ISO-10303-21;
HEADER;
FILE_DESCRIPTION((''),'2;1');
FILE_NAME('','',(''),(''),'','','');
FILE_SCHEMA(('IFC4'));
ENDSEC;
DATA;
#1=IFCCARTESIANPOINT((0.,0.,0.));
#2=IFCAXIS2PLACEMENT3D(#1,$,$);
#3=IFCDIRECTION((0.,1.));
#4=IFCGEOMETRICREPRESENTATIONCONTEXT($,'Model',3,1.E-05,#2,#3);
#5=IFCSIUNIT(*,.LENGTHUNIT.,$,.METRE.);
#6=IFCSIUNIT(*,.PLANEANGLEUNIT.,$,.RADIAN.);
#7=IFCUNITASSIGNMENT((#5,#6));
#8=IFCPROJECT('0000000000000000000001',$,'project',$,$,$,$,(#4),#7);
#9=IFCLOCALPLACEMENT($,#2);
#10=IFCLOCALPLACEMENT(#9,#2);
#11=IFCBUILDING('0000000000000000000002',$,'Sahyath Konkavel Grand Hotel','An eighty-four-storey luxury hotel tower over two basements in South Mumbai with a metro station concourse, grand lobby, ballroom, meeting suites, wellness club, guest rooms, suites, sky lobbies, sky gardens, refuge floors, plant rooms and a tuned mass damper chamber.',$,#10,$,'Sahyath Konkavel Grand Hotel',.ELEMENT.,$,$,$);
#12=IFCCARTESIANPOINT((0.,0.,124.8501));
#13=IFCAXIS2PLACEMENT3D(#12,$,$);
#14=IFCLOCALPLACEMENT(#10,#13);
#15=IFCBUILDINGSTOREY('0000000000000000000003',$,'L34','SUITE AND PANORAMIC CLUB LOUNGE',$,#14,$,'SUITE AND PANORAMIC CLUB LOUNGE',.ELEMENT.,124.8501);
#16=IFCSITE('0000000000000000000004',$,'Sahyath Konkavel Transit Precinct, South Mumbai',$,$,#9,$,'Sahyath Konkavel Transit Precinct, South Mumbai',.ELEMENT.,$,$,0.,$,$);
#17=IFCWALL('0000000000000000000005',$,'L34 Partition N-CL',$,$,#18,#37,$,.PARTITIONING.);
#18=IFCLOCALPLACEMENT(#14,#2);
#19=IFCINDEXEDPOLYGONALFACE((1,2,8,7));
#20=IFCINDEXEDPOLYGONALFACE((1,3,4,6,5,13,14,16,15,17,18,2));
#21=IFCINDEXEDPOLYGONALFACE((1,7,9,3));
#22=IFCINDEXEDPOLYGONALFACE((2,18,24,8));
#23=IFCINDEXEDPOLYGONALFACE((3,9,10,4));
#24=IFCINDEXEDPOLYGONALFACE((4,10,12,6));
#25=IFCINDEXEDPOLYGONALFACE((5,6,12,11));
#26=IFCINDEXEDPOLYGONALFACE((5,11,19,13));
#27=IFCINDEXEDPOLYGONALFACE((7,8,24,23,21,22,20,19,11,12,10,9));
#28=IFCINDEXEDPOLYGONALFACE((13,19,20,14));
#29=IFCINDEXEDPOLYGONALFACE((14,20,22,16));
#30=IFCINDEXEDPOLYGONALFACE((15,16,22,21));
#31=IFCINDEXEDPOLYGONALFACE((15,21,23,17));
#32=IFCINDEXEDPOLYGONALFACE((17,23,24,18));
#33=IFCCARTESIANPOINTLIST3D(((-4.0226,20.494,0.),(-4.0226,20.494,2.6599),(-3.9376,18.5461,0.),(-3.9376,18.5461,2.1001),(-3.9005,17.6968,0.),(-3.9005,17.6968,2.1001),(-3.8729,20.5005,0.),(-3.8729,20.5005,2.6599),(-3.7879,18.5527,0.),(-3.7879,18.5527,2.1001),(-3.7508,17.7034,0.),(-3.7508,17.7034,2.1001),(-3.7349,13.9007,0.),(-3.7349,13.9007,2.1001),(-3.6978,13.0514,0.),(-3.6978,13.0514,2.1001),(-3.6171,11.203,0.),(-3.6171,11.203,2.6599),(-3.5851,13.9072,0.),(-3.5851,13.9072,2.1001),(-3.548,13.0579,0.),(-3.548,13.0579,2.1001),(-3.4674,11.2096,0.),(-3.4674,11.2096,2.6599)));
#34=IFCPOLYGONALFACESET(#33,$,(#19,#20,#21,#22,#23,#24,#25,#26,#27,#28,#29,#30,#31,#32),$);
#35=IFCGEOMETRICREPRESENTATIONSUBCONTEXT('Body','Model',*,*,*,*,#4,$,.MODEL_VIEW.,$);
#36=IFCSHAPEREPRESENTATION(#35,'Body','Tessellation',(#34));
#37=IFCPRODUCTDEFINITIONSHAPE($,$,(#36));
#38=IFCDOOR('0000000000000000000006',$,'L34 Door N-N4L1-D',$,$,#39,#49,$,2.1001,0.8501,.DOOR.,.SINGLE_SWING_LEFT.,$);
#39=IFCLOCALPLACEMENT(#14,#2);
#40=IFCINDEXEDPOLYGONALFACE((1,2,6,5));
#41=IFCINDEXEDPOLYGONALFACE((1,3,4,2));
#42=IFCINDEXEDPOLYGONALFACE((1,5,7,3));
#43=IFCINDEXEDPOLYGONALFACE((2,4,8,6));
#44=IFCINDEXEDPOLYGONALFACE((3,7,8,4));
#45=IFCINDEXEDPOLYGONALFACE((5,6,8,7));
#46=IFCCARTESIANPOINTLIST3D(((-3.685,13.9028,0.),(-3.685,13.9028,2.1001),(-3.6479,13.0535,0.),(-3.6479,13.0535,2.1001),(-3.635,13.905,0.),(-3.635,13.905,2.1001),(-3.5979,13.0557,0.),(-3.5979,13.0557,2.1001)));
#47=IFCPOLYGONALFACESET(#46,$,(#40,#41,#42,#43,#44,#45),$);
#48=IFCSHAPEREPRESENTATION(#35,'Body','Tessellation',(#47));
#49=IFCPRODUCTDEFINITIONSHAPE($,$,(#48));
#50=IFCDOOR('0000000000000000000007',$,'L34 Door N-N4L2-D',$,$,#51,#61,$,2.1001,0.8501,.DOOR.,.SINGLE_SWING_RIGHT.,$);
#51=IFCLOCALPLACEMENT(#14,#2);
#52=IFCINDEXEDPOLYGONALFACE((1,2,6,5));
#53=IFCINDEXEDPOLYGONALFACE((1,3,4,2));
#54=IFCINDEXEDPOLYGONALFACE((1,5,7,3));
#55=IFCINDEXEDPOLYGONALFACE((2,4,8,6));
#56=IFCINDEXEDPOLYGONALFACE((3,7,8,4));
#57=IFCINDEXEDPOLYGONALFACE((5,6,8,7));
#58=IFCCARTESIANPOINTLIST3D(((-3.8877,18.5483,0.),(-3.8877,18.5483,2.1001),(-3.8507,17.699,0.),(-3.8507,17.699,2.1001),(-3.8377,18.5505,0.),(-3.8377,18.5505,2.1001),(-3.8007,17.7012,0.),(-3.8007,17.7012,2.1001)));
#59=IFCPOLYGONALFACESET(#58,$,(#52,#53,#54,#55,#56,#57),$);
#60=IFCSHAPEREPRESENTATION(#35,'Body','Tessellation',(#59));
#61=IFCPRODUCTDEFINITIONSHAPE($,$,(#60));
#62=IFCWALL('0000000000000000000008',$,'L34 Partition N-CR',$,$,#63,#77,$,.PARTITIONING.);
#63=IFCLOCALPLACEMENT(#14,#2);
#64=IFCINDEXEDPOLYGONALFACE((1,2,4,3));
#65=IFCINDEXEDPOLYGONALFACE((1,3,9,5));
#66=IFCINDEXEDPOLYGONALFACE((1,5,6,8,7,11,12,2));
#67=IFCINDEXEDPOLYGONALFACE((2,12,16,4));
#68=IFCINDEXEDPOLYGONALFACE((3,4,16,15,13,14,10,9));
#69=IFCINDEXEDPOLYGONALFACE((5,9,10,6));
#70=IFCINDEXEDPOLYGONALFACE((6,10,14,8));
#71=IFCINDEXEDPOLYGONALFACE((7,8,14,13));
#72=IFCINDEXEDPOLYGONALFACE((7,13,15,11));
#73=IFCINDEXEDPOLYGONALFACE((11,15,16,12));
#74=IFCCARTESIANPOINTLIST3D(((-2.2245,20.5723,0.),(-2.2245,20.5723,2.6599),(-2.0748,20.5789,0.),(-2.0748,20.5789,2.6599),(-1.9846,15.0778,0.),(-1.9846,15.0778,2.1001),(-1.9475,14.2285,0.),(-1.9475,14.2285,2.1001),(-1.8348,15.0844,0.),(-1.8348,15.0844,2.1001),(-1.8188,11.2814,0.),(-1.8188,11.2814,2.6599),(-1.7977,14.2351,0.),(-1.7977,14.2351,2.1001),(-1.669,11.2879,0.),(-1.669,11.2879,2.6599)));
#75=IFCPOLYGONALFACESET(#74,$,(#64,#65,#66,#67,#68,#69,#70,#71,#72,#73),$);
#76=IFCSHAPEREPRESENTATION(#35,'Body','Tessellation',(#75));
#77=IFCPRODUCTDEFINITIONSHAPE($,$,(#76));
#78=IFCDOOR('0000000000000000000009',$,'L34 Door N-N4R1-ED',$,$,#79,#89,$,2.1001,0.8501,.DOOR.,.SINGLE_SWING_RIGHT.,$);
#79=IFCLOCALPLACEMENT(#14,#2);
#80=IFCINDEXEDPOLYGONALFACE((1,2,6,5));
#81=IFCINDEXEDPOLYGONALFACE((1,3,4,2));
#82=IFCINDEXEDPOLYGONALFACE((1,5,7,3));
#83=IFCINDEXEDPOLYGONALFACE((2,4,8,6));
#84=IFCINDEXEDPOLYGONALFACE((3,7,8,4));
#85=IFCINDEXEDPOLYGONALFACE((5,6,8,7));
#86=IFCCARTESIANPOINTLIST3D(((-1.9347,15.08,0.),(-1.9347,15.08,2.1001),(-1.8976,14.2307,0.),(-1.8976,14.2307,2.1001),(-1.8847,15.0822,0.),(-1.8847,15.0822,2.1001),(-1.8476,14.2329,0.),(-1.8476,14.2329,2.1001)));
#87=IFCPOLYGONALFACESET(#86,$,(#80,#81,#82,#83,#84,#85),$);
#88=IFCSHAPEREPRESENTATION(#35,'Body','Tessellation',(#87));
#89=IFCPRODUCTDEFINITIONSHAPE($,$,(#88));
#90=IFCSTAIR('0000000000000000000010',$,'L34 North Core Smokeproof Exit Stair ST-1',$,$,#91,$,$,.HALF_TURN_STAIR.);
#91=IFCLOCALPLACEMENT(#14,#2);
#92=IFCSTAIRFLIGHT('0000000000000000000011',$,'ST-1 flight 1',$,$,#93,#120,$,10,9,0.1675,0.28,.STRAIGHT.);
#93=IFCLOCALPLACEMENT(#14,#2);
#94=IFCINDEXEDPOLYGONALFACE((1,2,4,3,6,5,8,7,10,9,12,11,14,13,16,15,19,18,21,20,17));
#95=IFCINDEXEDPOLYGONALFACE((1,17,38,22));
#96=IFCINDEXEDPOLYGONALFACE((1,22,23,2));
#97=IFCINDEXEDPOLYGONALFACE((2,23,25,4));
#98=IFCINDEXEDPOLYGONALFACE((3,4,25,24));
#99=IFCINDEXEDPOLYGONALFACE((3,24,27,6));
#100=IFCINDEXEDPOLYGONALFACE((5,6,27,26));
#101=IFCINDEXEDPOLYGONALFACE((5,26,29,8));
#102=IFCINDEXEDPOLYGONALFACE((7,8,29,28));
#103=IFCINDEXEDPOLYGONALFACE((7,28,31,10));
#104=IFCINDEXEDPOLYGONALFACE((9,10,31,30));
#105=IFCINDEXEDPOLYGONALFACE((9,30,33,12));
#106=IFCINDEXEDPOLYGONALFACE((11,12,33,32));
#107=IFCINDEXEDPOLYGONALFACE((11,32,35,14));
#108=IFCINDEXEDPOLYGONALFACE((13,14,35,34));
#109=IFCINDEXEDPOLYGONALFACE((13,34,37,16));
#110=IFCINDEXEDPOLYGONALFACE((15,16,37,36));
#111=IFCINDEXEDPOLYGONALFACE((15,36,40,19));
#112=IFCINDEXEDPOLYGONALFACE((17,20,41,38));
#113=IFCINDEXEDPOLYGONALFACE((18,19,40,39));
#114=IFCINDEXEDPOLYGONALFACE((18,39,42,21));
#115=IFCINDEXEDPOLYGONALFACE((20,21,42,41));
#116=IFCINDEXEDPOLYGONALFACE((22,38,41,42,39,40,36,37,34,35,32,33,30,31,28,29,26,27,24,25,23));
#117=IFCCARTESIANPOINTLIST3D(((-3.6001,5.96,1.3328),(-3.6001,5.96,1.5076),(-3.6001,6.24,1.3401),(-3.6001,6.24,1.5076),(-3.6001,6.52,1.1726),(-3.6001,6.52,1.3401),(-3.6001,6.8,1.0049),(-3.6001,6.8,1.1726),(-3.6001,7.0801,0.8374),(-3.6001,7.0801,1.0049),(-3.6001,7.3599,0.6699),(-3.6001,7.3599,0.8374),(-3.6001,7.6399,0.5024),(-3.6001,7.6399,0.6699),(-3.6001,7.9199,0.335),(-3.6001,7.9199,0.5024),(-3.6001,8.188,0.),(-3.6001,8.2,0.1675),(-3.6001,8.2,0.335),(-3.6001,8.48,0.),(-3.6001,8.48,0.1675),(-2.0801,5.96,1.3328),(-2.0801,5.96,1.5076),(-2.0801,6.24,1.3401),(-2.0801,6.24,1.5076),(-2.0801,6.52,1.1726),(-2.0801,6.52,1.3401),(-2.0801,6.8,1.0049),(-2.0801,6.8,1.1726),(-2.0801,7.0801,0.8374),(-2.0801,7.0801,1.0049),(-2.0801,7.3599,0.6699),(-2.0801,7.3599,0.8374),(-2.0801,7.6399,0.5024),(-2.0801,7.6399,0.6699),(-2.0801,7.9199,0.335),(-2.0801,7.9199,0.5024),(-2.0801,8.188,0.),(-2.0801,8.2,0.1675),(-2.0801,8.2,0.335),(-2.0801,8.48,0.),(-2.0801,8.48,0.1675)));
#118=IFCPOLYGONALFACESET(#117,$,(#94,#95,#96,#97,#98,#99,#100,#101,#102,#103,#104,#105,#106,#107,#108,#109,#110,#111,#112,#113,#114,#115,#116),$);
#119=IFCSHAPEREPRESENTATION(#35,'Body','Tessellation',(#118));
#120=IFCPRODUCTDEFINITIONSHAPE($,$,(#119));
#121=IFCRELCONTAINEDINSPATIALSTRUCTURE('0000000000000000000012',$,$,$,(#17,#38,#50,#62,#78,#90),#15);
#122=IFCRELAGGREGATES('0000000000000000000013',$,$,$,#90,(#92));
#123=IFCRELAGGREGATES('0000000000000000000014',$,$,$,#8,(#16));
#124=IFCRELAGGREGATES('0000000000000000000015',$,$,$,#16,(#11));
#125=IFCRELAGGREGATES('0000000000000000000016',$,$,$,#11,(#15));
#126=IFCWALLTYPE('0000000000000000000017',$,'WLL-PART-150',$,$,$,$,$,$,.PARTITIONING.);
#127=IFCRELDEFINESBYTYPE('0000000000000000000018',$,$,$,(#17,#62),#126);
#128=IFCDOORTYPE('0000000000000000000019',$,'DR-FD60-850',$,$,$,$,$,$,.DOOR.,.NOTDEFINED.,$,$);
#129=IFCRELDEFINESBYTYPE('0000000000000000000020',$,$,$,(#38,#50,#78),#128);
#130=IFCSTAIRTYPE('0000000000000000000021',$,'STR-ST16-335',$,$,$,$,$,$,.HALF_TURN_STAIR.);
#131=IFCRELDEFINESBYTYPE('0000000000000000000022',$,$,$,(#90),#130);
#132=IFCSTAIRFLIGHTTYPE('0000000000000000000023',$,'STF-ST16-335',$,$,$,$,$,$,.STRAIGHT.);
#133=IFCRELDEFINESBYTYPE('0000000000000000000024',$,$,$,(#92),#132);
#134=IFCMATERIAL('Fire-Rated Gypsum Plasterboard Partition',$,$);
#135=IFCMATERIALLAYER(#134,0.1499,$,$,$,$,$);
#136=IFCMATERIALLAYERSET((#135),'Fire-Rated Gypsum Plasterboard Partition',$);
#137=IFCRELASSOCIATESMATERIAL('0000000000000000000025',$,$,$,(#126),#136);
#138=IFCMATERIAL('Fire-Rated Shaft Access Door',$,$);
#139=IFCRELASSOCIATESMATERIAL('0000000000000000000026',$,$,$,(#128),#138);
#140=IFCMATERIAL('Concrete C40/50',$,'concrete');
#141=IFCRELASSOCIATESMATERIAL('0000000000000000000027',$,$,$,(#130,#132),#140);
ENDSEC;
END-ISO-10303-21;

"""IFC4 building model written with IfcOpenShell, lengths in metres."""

from ifc_helpers import new_model, si_unit, direction, frame, frame_2d, origin, origin_2d, place, context, subcontext, project, spatial, polyline, rectangle, outline, extrude, source, transform, mapped, material, layer, layer_set, type_object, element, fill, aggregate, save


model = new_model("IFC4")

# Units and contexts
model_context = context("Model", 3, precision=1e-05, world=origin(), true_north=direction((0.0, 1.0)))
body_context = subcontext(model_context, "Body", "Model", "MODEL_VIEW")
ifc_project = project(units=[si_unit("LENGTHUNIT", "METRE"), si_unit("PLANEANGLEUNIT", "RADIAN")], contexts=[model_context])

# Site, building, storey
site_placement = place(None, origin())
site = spatial("IfcSite", under=ifc_project, at=site_placement, Name="Sahyath Konkavel Transit Precinct, South Mumbai", LongName="Sahyath Konkavel Transit Precinct, South Mumbai", CompositionType="ELEMENT", RefElevation=0.0)
building_placement = place(site_placement, origin())
building = spatial("IfcBuilding", under=site, at=building_placement, Name="Sahyath Konkavel Grand Hotel", Description="An eighty-four-storey luxury hotel tower over two basements in South Mumbai with a metro station concourse, grand lobby, ballroom, meeting suites, wellness club, guest rooms, suites, sky lobbies, sky gardens, refuge floors, plant rooms and a tuned mass damper chamber.", LongName="Sahyath Konkavel Grand Hotel", CompositionType="ELEMENT")
storey_placement = place(building_placement, frame((0.0, 0.0, 124.8501)))
storey = spatial("IfcBuildingStorey", under=building, at=storey_placement, Name="L34", Description="SUITE AND PANORAMIC CLUB LOUNGE", LongName="SUITE AND PANORAMIC CLUB LOUNGE", CompositionType="ELEMENT", Elevation=124.8501)

# Wall, openings, doors
ifc_material_1 = material(Name="Fire-Rated Gypsum Plasterboard Partition")
ifc_layer_1 = layer(ifc_material_1, 0.1499)
ifc_layer_set_1 = layer_set([ifc_layer_1], Name="Fire-Rated Gypsum Plasterboard Partition")
wall_type_1 = type_object("IfcWallType", Name="WLL-PART-150", PredefinedType="PARTITIONING", material=ifc_layer_set_1)
wall_1_placement = place(storey_placement, frame((-3.5422, 11.2063, 0.0), z_axis=(0.0, 0.0, 1.0), x_axis=(-0.043605, 0.999049, 0.0)))
wall_1 = element("IfcWall", 1, at=wall_1_placement, inside=storey, type_object=wall_type_1, Name="L34 Partition N-CL", PredefinedType="PARTITIONING", context=body_context, shape_type="SweptSolid", body=[
    extrude(rectangle(XDim=9.2998, YDim=0.1499, at=frame_2d((4.6499, 0.0))), origin(), (0.0, 0.0, 1.0), 2.6599),
])
opening_1_placement = place(wall_1_placement, frame((1.8501, 0.0, 0.0)))
opening_1 = element("IfcOpeningElement", 2, at=opening_1_placement, cuts=wall_1, PredefinedType="OPENING", context=body_context, shape_type="SweptSolid", body=[
    extrude(rectangle(XDim=0.8501, YDim=2.1001, at=frame_2d((0.425, 1.05))), frame((0.0, 0.085, 0.0), z_axis=(0.0, -1.0, 0.0), x_axis=(1.0, 0.0, 0.0)), (0.0, 0.0, 1.0), 0.1699),
])
opening_2_placement = place(wall_1_placement, frame((6.5, 0.0, 0.0)))
opening_2 = element("IfcOpeningElement", 3, at=opening_2_placement, cuts=wall_1, PredefinedType="OPENING", context=body_context, shape_type="SweptSolid", body=[
    extrude(rectangle(XDim=0.8501, YDim=2.1001, at=frame_2d((0.425, 1.05))), frame((0.0, 0.085, 0.0), z_axis=(0.0, -1.0, 0.0), x_axis=(1.0, 0.0, 0.0)), (0.0, 0.0, 1.0), 0.1699),
])
ifc_material_2 = material(Name="Fire-Rated Shaft Access Door")
door_type_1 = type_object("IfcDoorType", Name="DR-FD60-850", OperationType="NOTDEFINED", PredefinedType="DOOR", material=ifc_material_2)
shared_shape_1 = source(origin(), body_context, "Body", "SweptSolid", [
    extrude(rectangle(XDim=0.8501, YDim=0.05, at=origin_2d()), origin(), (0.0, 0.0, 1.0), 2.1001),
])
door_1_placement = place(opening_1_placement, frame((0.425, 0.0, 0.0)))
door_1 = element("IfcDoor", 4, at=door_1_placement, inside=storey, type_object=door_type_1, Name="L34 Door N-N4L1-D", OperationType="SINGLE_SWING_LEFT", OverallHeight=2.1001, OverallWidth=0.8501, PredefinedType="DOOR", context=body_context, shape_type="MappedRepresentation", body=[
    mapped(shared_shape_1, transform((0.0, 0.0, 0.0), scale=1.0)),
])
fill(opening_1, door_1)
door_2_placement = place(opening_2_placement, frame((0.425, 0.0, 0.0)))
door_2 = element("IfcDoor", 5, at=door_2_placement, inside=storey, type_object=door_type_1, Name="L34 Door N-N4L2-D", OperationType="SINGLE_SWING_RIGHT", OverallHeight=2.1001, OverallWidth=0.8501, PredefinedType="DOOR", context=body_context, shape_type="MappedRepresentation", body=[
    mapped(shared_shape_1, transform((0.0, 0.0, 0.0), scale=1.0)),
])
fill(opening_2, door_2)

# Wall, opening, door
wall_2_placement = place(storey_placement, frame((-1.7439, 11.2847, 0.0), z_axis=(0.0, 0.0, 1.0), x_axis=(-0.043631, 0.999048, 0.0)))
wall_2 = element("IfcWall", 6, at=wall_2_placement, inside=storey, type_object=wall_type_1, Name="L34 Partition N-CR", PredefinedType="PARTITIONING", context=body_context, shape_type="SweptSolid", body=[
    extrude(rectangle(XDim=9.2998, YDim=0.1499, at=frame_2d((4.6499, 0.0))), origin(), (0.0, 0.0, 1.0), 2.6599),
])
opening_3_placement = place(wall_2_placement, frame((2.95, 0.0, 0.0)))
opening_3 = element("IfcOpeningElement", 7, at=opening_3_placement, cuts=wall_2, PredefinedType="OPENING", context=body_context, shape_type="SweptSolid", body=[
    extrude(rectangle(XDim=0.8501, YDim=2.1001, at=frame_2d((0.425, 1.05))), frame((0.0, 0.085, 0.0), z_axis=(0.0, -1.0, 0.0), x_axis=(1.0, 0.0, 0.0)), (0.0, 0.0, 1.0), 0.1699),
])
door_3_placement = place(opening_3_placement, frame((0.425, 0.0, 0.0)))
door_3 = element("IfcDoor", 8, at=door_3_placement, inside=storey, type_object=door_type_1, Name="L34 Door N-N4R1-ED", OperationType="SINGLE_SWING_RIGHT", OverallHeight=2.1001, OverallWidth=0.8501, PredefinedType="DOOR", context=body_context, shape_type="MappedRepresentation", body=[
    mapped(shared_shape_1, transform((0.0, 0.0, 0.0), scale=1.0)),
])
fill(opening_3, door_3)

# Stair, stair flight
ifc_material_3 = material(Name="Concrete C40/50", Category="concrete")
stair_type = type_object("IfcStairType", Name="STR-ST16-335", PredefinedType="HALF_TURN_STAIR", material=ifc_material_3)
stair_placement = place(storey_placement, origin())
stair = element("IfcStair", 9, at=stair_placement, inside=storey, type_object=stair_type, Name="L34 North Core Smokeproof Exit Stair ST-1", PredefinedType="HALF_TURN_STAIR")
stair_flight_type = type_object("IfcStairFlightType", Name="STF-ST16-335", PredefinedType="STRAIGHT", material=ifc_material_3)
stair_flight_placement = place(storey_placement, frame((-2.8401, 8.48, 0.0), z_axis=(0.0, 0.0, 1.0), x_axis=(0.0, -1.0, 0.0)))
stair_flight = element("IfcStairFlight", 10, at=stair_flight_placement, type_object=stair_flight_type, Name="ST-1 flight 1", NumberOfRisers=10, NumberOfTreads=9, PredefinedType="STRAIGHT", RiserHeight=0.1675, TreadLength=0.28, context=body_context, shape_type="SweptSolid", body=[
    extrude(outline(polyline([(0.0, 0.0), (0.0, 0.1675), (0.28, 0.1675), (0.28, 0.335), (0.5601, 0.335), (0.5601, 0.5024), (0.8401, 0.5024), (0.8401, 0.6699), (1.1201, 0.6699), (1.1201, 0.8374), (1.3999, 0.8374), (1.3999, 1.0049), (1.6799, 1.0049), (1.6799, 1.1726), (1.96, 1.1726), (1.96, 1.3401), (2.24, 1.3401), (2.24, 1.5076), (2.52, 1.5076), (2.52, 1.675), (2.52, 1.3328), (0.292, 0.0), (0.0, 0.0)])), frame((0.0, 0.76, 0.0), z_axis=(0.0, -1.0, 0.0), x_axis=(1.0, 0.0, 0.0)), (0.0, 0.0, 1.0), 1.52),
])
aggregate(stair, [stair_flight])

save(model, "model.ifc")
